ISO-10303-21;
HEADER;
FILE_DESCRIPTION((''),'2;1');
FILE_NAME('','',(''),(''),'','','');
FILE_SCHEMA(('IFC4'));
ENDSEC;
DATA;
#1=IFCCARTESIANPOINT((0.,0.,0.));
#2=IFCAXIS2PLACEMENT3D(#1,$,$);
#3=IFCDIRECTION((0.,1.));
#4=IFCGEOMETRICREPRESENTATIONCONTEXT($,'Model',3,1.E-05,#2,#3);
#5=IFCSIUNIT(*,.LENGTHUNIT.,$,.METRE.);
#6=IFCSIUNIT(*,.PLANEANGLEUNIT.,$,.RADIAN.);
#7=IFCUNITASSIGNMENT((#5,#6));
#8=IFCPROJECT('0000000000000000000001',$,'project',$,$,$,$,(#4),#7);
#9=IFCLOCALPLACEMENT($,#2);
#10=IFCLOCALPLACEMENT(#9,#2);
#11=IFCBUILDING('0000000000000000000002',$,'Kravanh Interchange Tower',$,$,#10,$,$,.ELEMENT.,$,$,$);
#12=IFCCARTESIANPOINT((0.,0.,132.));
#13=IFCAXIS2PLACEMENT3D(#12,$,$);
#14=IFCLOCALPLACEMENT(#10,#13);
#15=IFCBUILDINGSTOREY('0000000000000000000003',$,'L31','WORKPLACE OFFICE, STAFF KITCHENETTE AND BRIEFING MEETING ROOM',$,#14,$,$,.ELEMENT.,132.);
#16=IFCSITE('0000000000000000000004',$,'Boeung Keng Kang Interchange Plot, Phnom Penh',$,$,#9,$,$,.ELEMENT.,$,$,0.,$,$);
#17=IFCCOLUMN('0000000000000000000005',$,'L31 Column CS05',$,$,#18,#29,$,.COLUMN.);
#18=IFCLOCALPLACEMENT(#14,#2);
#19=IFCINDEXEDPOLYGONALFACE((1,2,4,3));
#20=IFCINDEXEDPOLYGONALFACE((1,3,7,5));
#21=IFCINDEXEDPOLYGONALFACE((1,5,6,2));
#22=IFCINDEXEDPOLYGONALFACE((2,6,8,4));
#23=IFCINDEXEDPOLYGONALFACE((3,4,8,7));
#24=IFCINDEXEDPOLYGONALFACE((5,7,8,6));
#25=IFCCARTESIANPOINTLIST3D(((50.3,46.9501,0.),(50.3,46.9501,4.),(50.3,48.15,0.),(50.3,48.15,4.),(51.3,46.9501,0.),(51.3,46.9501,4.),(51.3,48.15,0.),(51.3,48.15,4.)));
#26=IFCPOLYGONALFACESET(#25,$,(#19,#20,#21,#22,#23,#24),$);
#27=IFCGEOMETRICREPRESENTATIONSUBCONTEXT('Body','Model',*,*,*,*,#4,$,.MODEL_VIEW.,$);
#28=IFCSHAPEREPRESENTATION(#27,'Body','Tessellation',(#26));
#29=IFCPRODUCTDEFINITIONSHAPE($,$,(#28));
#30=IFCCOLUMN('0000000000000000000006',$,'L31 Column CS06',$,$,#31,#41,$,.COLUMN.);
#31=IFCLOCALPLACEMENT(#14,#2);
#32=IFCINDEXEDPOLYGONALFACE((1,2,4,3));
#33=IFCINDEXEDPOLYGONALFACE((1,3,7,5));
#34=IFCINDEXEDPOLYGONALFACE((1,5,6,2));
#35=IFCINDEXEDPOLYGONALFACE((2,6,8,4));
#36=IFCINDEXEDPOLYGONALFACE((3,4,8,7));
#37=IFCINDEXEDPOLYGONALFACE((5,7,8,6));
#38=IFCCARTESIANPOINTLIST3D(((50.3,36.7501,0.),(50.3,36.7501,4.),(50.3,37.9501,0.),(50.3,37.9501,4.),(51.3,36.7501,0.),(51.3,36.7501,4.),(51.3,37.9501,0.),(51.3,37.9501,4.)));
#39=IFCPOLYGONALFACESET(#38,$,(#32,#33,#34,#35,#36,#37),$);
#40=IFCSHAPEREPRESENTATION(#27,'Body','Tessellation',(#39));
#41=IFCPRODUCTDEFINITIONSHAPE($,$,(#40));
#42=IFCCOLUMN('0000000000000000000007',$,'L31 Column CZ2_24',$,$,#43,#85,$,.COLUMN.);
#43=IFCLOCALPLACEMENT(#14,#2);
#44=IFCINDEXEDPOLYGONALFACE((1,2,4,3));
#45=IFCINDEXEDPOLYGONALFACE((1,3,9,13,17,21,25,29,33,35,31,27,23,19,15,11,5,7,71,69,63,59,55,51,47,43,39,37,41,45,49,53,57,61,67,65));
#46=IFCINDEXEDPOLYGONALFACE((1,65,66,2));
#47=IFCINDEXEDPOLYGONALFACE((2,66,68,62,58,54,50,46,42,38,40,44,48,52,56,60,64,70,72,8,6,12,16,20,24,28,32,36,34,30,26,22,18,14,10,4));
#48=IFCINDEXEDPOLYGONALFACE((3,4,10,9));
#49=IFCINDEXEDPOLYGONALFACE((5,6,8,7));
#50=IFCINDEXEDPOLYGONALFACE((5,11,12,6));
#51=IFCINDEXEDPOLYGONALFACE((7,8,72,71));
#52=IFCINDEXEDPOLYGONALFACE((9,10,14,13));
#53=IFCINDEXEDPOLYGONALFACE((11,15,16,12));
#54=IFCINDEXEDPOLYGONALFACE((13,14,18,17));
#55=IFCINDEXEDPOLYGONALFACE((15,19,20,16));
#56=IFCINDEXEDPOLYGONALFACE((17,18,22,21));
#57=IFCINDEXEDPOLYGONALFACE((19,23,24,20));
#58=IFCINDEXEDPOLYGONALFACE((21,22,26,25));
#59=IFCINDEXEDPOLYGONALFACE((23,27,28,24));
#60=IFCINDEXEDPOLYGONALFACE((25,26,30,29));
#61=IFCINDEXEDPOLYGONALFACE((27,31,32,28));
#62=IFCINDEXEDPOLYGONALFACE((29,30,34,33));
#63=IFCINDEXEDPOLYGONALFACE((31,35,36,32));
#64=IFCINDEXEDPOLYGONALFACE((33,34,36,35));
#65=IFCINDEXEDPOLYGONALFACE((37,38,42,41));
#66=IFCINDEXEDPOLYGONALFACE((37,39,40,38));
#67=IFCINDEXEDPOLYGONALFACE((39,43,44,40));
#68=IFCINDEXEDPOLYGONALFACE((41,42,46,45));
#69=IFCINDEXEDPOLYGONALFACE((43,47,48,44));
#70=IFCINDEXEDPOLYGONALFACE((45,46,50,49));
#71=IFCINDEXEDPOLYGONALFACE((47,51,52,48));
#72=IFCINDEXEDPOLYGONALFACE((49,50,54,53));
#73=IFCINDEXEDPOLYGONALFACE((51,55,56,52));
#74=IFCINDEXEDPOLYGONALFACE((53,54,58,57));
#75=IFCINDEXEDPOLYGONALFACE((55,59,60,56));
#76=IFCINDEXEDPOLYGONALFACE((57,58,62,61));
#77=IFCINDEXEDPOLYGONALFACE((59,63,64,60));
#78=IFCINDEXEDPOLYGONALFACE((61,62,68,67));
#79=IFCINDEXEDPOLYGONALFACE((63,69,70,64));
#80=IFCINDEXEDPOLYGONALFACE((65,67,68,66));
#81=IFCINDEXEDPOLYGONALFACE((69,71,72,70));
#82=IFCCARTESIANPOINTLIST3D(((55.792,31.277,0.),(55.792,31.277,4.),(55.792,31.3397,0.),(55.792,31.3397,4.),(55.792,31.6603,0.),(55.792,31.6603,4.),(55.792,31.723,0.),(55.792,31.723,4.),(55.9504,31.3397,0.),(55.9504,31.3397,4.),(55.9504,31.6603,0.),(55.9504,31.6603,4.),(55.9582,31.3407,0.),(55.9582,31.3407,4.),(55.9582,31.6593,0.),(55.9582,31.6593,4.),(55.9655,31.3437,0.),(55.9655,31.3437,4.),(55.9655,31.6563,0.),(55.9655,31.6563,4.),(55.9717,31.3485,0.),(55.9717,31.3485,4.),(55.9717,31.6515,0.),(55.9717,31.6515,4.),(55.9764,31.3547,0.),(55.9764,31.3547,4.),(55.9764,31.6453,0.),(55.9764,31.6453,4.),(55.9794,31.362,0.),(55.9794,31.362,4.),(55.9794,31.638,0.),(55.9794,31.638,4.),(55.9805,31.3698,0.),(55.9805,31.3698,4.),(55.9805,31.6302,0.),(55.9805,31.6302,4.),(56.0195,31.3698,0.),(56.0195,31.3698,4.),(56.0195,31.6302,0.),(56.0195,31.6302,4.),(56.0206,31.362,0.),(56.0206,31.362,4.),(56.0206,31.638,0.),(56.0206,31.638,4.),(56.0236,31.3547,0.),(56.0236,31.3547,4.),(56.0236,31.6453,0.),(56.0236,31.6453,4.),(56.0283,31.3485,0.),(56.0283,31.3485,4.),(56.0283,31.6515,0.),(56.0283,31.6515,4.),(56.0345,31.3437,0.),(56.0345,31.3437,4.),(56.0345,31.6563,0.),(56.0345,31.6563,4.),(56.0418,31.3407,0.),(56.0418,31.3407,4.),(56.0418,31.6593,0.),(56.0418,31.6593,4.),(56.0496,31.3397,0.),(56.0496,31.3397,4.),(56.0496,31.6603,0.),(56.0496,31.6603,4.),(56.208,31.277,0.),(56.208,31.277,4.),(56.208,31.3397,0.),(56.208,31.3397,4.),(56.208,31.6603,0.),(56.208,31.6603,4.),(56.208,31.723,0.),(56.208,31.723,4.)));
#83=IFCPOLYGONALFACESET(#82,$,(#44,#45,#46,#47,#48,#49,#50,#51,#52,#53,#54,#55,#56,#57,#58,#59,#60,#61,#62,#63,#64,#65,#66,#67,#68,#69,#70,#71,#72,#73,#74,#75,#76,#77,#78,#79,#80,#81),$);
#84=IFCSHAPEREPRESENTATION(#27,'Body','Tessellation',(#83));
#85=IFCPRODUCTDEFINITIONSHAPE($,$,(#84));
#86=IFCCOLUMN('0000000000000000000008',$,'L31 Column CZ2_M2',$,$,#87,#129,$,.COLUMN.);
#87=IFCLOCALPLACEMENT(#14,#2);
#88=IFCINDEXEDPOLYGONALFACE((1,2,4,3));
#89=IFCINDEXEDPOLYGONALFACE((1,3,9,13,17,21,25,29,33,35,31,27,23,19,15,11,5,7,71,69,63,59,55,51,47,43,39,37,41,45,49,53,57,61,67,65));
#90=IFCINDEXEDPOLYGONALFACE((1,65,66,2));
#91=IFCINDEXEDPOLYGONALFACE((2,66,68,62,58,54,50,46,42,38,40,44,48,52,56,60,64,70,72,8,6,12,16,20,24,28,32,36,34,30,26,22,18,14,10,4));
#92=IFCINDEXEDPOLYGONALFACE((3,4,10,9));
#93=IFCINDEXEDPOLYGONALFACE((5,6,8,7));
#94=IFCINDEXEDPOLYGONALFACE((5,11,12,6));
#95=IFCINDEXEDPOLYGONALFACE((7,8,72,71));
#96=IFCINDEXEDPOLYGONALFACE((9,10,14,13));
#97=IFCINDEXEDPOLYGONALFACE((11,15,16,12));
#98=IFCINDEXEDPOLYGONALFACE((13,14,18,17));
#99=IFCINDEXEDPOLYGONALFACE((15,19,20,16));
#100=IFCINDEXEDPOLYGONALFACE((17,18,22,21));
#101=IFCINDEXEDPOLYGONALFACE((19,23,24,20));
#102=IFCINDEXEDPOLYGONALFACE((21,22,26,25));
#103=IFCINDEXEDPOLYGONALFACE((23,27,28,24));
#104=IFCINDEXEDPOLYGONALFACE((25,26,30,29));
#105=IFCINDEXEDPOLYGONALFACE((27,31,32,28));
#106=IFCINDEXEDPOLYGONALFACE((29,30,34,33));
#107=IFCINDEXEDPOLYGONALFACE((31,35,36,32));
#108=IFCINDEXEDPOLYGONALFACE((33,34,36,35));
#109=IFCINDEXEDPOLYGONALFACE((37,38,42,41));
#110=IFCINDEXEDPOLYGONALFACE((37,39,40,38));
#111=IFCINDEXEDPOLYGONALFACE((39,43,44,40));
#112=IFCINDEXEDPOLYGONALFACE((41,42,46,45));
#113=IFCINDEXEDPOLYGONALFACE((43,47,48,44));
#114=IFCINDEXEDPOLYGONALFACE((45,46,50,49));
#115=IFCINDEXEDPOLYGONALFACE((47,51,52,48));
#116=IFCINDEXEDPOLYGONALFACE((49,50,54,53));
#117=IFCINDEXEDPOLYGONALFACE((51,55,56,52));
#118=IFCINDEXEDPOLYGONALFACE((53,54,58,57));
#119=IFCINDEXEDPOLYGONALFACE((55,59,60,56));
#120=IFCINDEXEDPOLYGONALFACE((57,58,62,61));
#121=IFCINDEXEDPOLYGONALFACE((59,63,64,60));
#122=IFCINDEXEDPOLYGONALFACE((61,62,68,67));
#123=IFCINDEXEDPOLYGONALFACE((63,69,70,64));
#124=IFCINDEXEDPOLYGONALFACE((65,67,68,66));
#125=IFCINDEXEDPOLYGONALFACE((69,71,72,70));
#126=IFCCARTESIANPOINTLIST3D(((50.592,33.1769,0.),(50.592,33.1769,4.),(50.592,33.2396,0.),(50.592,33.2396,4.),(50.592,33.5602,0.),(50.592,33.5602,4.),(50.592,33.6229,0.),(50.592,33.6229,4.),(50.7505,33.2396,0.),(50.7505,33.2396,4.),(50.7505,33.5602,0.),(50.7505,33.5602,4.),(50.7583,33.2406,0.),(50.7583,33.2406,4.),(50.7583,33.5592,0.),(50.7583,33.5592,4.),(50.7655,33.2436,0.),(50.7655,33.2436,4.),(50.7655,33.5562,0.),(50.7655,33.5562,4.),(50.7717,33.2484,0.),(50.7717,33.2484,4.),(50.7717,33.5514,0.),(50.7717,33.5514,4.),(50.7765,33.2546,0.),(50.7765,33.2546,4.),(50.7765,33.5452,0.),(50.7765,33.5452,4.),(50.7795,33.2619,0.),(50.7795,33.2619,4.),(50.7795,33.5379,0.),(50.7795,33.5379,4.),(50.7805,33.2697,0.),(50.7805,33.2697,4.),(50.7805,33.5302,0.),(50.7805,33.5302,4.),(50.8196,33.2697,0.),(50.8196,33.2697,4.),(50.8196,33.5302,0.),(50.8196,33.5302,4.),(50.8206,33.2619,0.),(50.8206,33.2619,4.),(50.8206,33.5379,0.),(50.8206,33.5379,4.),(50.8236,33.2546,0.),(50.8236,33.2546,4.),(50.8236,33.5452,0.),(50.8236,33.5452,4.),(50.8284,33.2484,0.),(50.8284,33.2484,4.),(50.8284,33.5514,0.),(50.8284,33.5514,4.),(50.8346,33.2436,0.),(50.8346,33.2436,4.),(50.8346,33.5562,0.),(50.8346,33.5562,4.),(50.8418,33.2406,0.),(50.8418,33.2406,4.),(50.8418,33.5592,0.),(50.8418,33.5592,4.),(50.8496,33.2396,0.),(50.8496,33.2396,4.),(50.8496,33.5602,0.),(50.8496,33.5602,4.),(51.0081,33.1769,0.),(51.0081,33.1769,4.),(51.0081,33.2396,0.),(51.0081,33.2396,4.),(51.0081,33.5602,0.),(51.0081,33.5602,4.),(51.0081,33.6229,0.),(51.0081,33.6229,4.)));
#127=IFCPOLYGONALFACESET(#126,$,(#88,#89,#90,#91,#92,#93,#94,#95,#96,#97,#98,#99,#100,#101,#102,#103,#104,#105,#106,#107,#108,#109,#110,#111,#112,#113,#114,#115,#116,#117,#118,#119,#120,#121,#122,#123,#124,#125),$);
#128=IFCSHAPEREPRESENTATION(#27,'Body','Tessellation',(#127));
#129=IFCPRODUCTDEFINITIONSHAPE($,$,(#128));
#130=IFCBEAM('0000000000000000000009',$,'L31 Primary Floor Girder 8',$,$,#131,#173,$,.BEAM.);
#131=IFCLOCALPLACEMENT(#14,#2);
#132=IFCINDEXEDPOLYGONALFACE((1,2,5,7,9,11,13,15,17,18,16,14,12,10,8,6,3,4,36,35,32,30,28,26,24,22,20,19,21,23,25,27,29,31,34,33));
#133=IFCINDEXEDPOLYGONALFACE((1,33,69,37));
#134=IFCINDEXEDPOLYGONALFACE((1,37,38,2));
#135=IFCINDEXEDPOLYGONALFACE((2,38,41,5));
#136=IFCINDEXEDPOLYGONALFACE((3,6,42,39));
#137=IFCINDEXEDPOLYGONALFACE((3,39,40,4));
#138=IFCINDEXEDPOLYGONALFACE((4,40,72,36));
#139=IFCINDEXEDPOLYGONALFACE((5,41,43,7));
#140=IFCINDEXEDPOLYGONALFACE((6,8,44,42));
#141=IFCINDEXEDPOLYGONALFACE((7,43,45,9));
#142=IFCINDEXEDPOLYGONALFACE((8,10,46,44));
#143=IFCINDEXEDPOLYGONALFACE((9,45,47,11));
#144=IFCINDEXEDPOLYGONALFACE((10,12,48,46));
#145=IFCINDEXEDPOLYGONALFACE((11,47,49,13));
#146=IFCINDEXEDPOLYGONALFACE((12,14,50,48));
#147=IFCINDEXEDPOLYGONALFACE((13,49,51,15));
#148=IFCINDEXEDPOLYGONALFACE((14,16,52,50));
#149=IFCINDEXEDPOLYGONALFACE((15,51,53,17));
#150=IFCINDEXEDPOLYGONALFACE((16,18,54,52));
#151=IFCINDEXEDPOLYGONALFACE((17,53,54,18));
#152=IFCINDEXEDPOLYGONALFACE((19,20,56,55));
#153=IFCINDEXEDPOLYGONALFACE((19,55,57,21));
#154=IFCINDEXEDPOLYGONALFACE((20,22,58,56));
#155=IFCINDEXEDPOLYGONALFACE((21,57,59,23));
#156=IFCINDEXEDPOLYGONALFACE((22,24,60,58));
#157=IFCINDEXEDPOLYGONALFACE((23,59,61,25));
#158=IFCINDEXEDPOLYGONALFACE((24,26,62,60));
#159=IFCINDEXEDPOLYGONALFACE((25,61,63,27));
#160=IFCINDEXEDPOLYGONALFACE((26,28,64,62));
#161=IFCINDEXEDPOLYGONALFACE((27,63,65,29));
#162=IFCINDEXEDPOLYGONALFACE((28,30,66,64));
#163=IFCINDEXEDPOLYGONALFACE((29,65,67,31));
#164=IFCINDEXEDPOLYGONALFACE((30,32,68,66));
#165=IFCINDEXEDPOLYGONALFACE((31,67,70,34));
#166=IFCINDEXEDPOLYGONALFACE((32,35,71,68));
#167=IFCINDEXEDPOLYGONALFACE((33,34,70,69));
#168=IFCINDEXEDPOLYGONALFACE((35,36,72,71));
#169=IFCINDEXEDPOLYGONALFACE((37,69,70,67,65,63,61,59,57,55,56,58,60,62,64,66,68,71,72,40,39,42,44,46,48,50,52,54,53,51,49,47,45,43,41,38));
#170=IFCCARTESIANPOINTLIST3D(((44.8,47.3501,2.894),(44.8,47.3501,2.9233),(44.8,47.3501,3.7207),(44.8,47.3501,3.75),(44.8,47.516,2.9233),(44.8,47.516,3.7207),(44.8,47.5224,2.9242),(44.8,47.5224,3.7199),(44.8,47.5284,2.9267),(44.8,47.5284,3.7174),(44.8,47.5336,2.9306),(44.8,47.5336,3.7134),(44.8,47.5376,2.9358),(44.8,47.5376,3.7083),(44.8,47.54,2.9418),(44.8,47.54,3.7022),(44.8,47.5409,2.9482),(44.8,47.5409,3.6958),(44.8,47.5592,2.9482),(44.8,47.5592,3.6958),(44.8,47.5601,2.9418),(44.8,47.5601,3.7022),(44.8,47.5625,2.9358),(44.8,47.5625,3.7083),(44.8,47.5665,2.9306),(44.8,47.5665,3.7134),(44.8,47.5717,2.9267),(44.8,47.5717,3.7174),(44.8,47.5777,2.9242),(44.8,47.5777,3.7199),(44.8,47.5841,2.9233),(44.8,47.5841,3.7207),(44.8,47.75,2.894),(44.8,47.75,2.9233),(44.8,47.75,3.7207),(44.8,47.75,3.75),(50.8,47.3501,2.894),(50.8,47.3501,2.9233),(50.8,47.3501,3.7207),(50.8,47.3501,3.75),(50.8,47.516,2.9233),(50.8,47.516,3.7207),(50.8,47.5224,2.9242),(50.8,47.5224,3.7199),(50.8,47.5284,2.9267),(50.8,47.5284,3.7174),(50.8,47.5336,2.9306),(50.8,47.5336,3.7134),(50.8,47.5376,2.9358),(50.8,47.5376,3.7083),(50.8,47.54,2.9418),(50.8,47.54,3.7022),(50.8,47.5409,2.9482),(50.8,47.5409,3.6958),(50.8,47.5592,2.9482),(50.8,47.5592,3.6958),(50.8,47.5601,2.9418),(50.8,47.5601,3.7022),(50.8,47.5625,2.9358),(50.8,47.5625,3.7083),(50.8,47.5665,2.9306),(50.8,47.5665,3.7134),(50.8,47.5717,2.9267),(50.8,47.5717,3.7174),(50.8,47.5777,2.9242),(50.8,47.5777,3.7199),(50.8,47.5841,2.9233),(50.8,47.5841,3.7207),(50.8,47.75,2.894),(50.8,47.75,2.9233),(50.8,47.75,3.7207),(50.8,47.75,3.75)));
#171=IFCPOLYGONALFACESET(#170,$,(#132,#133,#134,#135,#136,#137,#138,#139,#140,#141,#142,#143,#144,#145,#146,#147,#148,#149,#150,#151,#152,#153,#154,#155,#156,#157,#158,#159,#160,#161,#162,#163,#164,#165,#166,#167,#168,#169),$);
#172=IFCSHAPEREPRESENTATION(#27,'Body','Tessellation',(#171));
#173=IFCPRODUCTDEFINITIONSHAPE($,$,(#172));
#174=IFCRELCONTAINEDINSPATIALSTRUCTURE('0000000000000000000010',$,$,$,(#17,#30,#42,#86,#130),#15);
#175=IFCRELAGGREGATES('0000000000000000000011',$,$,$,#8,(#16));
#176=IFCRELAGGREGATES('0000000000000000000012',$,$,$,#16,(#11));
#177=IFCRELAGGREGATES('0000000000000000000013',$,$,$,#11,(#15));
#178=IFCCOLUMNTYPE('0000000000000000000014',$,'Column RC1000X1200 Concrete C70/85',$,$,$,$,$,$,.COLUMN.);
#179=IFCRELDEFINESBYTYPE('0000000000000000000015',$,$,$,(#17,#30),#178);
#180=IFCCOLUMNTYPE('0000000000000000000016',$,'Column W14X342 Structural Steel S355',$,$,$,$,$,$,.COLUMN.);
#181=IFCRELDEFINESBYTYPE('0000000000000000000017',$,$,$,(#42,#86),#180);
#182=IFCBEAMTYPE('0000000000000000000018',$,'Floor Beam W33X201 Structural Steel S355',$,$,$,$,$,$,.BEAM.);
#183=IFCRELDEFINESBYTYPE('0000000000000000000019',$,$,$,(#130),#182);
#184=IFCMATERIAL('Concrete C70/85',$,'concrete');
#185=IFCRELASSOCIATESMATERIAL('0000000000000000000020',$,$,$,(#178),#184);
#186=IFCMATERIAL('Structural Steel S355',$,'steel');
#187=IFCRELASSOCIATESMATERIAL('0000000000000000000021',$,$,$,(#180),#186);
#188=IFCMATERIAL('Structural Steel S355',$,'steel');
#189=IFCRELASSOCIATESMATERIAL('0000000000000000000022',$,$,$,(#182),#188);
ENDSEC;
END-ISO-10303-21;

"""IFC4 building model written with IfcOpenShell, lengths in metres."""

from ifc_helpers import new_model, si_unit, direction, frame, origin, origin_2d, place, context, subcontext, project, spatial, rectangle, i_section, extrude, material, material_profile, profile_set, type_object, element, save


model = new_model("IFC4")

# Units and contexts
model_context = context("Model", 3, precision=1e-05, world=origin(), true_north=direction((0.0, 1.0)))
body_context = subcontext(model_context, "Body", "Model", "MODEL_VIEW")
ifc_project = project(units=[si_unit("LENGTHUNIT", "METRE"), si_unit("PLANEANGLEUNIT", "RADIAN")], contexts=[model_context])

# Site, building, storey
site_placement = place(None, origin())
site = spatial("IfcSite", under=ifc_project, at=site_placement, Name="Boeung Keng Kang Interchange Plot, Phnom Penh", CompositionType="ELEMENT", RefElevation=0.0)
building_placement = place(site_placement, origin())
building = spatial("IfcBuilding", under=site, at=building_placement, Name="Kravanh Interchange Tower", CompositionType="ELEMENT")
storey_placement = place(building_placement, frame((0.0, 0.0, 132.0)))
storey = spatial("IfcBuildingStorey", under=building, at=storey_placement, Name="L31", Description="WORKPLACE OFFICE, STAFF KITCHENETTE AND BRIEFING MEETING ROOM", CompositionType="ELEMENT", Elevation=132.0)

# Columns
ifc_material_1 = material(Name="Concrete C70/85", Category="concrete")
ifc_material_profile_1 = material_profile(ifc_material_1, rectangle(XDim=1.0, YDim=1.2, at=origin_2d()), Name="RC1000X1200")
ifc_profile_set_1 = profile_set([ifc_material_profile_1], Name="Concrete C70/85")
column_type_1 = type_object("IfcColumnType", Name="Column RC1000X1200 Concrete C70/85", PredefinedType="COLUMN", material=ifc_profile_set_1)
for number, where, z_axis, x_axis, name in (
    (1, (50.8, 47.55, 0.0), (0.0, 0.0, 1.0), (1.0, 0.0, 0.0), "L31 Column CS05"),
    (2, (50.8, 37.3501, 0.0), (0.0, 0.0, 1.0), (1.0, 0.0, 0.0), "L31 Column CS06"),
):
    element("IfcColumn", number, at=place(storey_placement, frame(where, z_axis=z_axis, x_axis=x_axis)), inside=storey, type_object=column_type_1, Name=name, PredefinedType="COLUMN", context=body_context, shape_type="SweptSolid", body=[
        extrude(rectangle(XDim=1.0, YDim=1.2, at=origin_2d()), origin(), (0.0, 0.0, 1.0), 4.0),
    ])
ifc_material_2 = material(Name="Structural Steel S355", Category="steel")
ifc_material_profile_2 = material_profile(ifc_material_2, i_section(OverallWidth=0.416, OverallDepth=0.446, WebThickness=0.0391, FlangeThickness=0.0627, FilletRadius=0.03, at=origin_2d()), Name="W14X342")
ifc_profile_set_2 = profile_set([ifc_material_profile_2], Name="Structural Steel S355")
column_type_2 = type_object("IfcColumnType", Name="Column W14X342 Structural Steel S355", PredefinedType="COLUMN", material=ifc_profile_set_2)
for number, where, z_axis, x_axis, name in (
    (3, (56.0, 31.5, 0.0), (0.0, 0.0, 1.0), (1.0, 0.0, 0.0), "L31 Column CZ2_24"),
    (4, (50.8, 33.3999, 0.0), (0.0, 0.0, 1.0), (1.0, 0.0, 0.0), "L31 Column CZ2_M2"),
):
    element("IfcColumn", number, at=place(storey_placement, frame(where, z_axis=z_axis, x_axis=x_axis)), inside=storey, type_object=column_type_2, Name=name, PredefinedType="COLUMN", context=body_context, shape_type="SweptSolid", body=[
        extrude(i_section(OverallWidth=0.416, OverallDepth=0.446, WebThickness=0.0391, FlangeThickness=0.0627, FilletRadius=0.03, at=origin_2d()), origin(), (0.0, 0.0, 1.0), 4.0),
    ])

# Beam
ifc_material_3 = material(Name="Structural Steel S355", Category="steel")
ifc_material_profile_3 = material_profile(ifc_material_3, i_section(OverallWidth=0.3999, OverallDepth=0.856, WebThickness=0.0183, FlangeThickness=0.0293, FilletRadius=0.0249, at=origin_2d()), Name="W33X201")
ifc_profile_set_3 = profile_set([ifc_material_profile_3], Name="Structural Steel S355")
beam_type_1 = type_object("IfcBeamType", Name="Floor Beam W33X201 Structural Steel S355", PredefinedType="BEAM", material=ifc_profile_set_3)
beam_1_placement = place(storey_placement, frame((50.8, 47.55, 3.322), z_axis=(-1.0, 0.0, 0.0), x_axis=(0.0, -1.0, 0.0)))
element("IfcBeam", 5, at=beam_1_placement, inside=storey, type_object=beam_type_1, Name="L31 Primary Floor Girder 8", PredefinedType="BEAM", context=body_context, shape_type="SweptSolid", body=[
    extrude(i_section(OverallWidth=0.3999, OverallDepth=0.856, WebThickness=0.0183, FlangeThickness=0.0293, FilletRadius=0.0249, at=origin_2d()), origin(), (0.0, 0.0, 1.0), 6.0),
])

save(model, "model.ifc")
